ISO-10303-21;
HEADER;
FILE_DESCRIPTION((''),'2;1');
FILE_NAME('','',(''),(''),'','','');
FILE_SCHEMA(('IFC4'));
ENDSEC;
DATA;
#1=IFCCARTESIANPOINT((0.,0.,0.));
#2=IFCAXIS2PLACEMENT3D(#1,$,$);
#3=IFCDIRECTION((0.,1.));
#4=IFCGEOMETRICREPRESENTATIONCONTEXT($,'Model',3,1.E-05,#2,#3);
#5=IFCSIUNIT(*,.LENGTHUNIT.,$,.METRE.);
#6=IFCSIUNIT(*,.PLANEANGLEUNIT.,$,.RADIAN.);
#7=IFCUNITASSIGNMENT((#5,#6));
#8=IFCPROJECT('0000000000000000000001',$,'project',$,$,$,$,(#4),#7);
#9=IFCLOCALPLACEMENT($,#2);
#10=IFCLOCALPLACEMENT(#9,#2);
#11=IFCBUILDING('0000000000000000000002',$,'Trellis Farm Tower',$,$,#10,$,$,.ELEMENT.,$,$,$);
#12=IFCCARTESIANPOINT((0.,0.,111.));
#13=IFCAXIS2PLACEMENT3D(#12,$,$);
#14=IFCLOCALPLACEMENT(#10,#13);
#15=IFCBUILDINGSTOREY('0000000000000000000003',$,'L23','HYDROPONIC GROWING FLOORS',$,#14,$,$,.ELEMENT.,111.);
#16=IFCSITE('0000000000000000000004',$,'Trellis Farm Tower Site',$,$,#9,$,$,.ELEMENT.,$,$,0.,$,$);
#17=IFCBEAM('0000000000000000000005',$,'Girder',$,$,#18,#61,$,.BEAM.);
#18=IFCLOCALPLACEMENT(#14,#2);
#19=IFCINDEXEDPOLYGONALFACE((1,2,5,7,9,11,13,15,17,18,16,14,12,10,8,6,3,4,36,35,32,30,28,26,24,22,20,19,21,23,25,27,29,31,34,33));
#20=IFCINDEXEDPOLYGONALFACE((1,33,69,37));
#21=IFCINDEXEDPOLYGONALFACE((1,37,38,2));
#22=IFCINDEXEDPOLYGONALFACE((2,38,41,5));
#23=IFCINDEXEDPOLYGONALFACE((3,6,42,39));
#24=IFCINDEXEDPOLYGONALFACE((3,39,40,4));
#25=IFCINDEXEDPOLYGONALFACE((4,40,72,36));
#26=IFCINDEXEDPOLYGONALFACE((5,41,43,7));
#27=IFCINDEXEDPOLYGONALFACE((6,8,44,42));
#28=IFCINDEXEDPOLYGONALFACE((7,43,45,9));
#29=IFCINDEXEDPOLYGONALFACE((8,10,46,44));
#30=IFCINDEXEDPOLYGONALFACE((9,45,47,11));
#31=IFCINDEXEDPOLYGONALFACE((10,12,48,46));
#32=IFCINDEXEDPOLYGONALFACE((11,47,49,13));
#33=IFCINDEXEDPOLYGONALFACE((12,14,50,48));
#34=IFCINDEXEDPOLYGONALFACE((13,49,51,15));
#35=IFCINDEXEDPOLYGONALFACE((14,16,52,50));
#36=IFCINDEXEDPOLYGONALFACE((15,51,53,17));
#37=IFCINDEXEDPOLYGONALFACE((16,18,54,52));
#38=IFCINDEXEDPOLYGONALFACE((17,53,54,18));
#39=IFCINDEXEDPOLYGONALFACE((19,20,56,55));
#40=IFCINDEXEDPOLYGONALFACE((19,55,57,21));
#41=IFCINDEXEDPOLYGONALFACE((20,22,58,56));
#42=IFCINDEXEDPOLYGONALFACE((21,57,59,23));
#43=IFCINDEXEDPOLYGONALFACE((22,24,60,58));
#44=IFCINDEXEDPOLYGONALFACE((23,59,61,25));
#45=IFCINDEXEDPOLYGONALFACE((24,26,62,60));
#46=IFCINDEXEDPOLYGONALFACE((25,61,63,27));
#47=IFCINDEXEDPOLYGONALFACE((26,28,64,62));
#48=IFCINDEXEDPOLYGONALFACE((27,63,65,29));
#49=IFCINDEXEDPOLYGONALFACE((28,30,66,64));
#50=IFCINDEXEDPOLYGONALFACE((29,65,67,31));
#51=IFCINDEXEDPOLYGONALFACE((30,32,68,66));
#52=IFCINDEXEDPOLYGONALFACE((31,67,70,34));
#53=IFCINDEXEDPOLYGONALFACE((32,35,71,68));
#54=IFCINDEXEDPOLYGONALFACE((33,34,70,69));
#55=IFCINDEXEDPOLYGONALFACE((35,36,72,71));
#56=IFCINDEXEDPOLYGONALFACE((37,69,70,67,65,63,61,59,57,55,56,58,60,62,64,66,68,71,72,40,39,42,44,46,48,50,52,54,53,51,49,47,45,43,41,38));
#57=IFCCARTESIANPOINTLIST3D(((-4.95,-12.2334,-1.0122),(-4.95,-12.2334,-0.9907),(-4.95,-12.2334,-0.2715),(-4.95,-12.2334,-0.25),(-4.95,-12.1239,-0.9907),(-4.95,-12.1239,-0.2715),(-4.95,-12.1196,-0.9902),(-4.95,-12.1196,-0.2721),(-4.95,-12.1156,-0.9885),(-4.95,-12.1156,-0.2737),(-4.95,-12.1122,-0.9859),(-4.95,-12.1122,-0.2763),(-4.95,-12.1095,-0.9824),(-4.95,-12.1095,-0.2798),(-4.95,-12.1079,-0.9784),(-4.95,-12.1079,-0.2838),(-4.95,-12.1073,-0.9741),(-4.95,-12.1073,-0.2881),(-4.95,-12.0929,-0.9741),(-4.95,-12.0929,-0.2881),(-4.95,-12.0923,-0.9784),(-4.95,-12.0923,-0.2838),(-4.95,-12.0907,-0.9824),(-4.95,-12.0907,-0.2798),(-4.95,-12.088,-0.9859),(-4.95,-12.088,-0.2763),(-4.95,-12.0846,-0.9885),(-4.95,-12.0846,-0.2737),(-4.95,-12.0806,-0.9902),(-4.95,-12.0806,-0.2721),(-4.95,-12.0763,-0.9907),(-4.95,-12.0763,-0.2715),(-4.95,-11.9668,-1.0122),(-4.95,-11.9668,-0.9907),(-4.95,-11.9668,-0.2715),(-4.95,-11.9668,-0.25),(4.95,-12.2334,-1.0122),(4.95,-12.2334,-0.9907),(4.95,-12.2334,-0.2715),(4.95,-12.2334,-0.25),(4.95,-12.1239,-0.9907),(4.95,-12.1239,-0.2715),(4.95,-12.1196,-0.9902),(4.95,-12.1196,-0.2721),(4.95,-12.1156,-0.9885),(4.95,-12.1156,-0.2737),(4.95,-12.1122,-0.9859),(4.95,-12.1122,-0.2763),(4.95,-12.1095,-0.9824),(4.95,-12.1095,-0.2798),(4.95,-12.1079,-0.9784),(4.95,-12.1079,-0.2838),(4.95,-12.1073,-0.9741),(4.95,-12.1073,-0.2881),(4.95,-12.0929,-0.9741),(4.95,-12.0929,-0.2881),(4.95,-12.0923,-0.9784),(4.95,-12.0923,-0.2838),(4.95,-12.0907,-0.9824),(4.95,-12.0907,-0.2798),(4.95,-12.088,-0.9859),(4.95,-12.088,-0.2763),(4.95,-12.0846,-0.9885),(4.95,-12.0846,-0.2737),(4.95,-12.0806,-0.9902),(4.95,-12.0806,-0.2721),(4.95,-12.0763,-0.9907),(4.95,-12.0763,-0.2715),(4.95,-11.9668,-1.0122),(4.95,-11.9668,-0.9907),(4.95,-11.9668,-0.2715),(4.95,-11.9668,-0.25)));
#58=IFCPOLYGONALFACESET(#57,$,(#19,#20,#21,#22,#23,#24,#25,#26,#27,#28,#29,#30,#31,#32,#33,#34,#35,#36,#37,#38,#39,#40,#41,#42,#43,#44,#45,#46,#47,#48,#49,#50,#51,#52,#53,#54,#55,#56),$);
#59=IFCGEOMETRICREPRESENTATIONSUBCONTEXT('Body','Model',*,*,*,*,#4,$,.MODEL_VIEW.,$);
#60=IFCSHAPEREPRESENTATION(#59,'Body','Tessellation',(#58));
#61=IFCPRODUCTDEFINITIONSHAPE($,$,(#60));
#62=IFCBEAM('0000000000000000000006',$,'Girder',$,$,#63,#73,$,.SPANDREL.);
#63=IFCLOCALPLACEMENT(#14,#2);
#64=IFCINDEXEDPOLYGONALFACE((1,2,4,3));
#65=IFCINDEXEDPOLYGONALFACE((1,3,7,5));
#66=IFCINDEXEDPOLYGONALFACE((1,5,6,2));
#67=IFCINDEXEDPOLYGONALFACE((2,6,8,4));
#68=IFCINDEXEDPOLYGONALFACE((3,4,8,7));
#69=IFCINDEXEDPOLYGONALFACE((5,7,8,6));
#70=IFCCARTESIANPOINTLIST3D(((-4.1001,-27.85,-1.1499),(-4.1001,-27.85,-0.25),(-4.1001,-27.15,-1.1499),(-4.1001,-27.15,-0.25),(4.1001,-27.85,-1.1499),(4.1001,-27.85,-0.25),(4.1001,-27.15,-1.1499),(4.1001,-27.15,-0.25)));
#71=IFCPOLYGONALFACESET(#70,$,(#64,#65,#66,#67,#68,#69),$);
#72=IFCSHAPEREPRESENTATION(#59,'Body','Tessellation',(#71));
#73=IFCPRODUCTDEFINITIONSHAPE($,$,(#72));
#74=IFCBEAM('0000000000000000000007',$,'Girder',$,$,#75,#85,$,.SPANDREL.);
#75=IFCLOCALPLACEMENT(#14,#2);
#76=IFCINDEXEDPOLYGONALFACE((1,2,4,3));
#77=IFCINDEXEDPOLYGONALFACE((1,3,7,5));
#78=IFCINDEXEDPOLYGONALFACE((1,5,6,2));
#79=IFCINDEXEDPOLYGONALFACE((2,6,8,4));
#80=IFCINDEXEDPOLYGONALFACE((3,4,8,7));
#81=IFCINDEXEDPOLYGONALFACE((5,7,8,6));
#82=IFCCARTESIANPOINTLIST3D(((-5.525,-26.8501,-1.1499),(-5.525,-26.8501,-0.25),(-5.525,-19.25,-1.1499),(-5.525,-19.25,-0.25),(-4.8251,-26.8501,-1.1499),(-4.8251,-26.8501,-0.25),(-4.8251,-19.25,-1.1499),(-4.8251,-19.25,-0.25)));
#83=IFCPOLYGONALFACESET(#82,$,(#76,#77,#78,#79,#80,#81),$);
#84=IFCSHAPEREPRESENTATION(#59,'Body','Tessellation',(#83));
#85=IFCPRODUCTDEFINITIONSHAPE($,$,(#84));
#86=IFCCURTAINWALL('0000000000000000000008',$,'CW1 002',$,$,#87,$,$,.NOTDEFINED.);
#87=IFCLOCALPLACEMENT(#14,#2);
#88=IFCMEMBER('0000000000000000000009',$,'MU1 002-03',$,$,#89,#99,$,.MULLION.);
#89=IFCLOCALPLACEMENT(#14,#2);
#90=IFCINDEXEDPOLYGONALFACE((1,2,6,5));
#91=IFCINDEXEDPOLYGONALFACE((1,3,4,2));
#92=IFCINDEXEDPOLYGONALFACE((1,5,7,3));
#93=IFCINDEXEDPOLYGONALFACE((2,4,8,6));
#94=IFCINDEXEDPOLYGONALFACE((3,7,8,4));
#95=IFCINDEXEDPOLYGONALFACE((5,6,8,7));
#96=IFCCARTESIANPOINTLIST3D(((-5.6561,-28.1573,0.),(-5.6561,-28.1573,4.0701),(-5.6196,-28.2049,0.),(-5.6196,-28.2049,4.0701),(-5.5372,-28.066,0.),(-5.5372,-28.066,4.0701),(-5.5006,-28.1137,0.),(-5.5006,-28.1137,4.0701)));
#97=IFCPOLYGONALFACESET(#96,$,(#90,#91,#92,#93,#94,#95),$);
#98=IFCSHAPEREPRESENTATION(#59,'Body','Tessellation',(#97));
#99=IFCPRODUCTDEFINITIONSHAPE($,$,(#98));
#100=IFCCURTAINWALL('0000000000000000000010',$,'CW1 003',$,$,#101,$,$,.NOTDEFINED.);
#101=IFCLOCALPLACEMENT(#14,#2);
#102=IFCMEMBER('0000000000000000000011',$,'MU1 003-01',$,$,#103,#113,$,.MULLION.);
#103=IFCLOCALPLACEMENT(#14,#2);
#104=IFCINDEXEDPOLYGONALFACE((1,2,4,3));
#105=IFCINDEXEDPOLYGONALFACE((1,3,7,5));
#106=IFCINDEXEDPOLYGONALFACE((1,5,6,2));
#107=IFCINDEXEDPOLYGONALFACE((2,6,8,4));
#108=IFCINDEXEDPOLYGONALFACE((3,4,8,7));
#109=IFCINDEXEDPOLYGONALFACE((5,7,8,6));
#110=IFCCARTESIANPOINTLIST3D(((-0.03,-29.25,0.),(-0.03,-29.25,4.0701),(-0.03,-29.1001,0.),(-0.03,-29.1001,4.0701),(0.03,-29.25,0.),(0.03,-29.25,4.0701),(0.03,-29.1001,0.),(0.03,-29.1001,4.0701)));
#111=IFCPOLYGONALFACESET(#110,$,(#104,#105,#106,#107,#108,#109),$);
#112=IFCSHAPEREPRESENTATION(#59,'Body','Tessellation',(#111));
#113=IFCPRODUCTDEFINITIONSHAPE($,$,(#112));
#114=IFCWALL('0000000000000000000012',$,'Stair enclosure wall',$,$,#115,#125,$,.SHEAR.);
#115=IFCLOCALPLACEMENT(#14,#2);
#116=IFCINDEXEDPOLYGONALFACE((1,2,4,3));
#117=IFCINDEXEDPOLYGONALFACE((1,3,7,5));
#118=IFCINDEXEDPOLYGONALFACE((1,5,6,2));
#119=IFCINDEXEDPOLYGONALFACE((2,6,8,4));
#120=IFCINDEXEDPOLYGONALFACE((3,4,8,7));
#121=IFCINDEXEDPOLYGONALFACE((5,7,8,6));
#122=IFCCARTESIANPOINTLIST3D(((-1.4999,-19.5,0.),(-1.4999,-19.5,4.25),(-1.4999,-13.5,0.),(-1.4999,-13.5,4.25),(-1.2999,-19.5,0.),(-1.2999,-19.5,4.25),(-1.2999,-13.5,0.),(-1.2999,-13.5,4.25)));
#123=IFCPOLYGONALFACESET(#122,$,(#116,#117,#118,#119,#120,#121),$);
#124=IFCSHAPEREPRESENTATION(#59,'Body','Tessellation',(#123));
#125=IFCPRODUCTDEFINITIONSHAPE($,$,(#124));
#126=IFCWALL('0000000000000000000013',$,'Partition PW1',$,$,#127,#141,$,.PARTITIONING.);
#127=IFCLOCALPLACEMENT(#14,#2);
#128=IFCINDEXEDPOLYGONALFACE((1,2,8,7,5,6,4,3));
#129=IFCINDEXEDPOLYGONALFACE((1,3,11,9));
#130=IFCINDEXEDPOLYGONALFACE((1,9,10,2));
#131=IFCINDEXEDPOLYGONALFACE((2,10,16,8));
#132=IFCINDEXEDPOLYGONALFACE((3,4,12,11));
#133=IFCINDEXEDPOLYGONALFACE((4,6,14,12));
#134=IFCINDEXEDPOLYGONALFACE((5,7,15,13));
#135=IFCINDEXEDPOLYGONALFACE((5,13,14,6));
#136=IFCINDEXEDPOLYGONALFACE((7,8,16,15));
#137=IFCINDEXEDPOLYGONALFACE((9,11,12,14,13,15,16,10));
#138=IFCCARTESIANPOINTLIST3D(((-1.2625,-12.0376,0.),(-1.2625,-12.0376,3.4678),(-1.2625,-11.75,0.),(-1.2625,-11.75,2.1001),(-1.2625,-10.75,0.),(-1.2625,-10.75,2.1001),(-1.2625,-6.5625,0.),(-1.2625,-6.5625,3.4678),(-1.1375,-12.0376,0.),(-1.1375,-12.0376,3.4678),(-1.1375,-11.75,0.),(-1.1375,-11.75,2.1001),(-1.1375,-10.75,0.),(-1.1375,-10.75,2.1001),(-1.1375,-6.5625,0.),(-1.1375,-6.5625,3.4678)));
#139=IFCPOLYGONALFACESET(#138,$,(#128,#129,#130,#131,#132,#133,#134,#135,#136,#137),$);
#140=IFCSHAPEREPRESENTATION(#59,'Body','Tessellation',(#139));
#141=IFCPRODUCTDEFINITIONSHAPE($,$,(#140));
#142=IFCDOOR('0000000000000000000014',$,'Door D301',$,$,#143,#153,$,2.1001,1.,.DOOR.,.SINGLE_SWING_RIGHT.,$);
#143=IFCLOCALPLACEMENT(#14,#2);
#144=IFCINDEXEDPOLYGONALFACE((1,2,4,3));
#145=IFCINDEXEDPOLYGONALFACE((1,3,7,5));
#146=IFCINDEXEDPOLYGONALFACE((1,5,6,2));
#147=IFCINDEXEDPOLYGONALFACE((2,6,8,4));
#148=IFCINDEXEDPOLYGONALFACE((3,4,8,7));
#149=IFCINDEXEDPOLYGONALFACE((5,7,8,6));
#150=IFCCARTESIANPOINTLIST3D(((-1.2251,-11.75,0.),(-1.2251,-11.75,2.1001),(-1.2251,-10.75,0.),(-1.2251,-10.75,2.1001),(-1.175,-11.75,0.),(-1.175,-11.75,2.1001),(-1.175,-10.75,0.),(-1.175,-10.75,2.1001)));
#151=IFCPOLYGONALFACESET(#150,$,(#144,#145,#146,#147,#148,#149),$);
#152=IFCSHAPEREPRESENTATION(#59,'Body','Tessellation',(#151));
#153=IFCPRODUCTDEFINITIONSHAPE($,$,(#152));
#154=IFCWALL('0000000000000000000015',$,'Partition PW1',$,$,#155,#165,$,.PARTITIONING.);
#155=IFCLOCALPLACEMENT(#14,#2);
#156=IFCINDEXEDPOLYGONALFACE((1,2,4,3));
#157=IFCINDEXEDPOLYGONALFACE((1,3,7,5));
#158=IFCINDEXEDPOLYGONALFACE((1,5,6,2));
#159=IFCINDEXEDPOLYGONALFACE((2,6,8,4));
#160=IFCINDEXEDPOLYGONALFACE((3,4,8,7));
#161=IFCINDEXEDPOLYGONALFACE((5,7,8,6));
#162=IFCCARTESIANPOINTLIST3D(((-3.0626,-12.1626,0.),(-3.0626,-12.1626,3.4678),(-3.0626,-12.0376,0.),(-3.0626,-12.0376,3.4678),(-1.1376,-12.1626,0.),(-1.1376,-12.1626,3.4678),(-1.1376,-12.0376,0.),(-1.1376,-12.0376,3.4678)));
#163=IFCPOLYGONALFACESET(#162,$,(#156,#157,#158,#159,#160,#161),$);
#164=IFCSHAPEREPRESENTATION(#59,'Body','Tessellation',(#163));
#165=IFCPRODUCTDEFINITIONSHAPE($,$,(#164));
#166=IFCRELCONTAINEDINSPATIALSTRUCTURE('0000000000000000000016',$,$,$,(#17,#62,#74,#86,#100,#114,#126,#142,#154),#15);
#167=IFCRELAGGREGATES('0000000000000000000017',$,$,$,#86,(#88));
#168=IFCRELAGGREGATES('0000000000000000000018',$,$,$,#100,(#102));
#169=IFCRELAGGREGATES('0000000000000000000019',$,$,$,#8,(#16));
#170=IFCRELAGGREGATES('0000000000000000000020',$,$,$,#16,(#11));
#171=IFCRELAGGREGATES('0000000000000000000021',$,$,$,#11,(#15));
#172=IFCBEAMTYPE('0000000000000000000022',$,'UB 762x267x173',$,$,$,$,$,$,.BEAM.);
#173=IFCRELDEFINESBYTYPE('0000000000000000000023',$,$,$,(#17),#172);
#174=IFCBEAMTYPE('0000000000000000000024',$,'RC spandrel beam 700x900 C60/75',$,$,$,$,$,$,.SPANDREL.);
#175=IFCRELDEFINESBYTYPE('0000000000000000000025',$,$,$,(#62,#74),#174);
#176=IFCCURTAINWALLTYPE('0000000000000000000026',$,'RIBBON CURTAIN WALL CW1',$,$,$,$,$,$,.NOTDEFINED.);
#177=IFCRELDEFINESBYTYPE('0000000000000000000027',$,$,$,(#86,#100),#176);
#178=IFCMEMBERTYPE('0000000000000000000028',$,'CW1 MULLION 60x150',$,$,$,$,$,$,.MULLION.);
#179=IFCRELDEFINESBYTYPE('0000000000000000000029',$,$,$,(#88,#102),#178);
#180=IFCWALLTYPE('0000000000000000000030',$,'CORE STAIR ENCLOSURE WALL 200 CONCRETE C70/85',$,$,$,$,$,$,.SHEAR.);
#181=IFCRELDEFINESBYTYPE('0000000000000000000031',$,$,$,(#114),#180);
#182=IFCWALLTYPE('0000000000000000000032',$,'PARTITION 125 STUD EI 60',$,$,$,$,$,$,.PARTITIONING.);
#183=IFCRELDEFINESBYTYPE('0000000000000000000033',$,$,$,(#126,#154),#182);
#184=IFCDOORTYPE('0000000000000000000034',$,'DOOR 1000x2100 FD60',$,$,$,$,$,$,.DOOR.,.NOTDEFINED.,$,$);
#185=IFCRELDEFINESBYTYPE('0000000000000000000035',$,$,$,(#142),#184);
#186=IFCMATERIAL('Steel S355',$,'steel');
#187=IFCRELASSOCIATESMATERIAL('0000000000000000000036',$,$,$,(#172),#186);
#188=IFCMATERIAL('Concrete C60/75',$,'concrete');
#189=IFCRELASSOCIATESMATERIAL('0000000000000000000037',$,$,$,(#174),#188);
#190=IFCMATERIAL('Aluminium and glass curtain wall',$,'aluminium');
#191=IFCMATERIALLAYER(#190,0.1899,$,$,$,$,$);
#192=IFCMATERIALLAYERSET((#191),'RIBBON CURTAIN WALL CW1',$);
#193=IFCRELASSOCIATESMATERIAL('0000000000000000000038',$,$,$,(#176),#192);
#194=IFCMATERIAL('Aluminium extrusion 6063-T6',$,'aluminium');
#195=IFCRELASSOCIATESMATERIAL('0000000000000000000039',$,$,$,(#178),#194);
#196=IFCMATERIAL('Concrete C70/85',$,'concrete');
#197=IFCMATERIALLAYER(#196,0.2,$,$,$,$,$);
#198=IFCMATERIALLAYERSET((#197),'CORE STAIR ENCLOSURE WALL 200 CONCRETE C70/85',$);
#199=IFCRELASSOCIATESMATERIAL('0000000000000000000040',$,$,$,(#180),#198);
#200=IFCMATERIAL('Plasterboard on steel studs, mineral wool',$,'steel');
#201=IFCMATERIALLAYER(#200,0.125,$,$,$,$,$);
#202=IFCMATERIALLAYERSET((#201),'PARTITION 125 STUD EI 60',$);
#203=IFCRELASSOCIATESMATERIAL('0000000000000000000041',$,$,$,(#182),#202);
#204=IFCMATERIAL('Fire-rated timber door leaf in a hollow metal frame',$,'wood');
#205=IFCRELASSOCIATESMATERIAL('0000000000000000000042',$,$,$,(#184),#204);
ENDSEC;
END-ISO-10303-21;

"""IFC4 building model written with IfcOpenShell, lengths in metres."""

from ifc_helpers import new_model, si_unit, direction, frame, frame_2d, origin, origin_2d, place, context, subcontext, project, spatial, rectangle, i_section, extrude, source, transform, mapped, material, layer, layer_set, material_profile, profile_set, type_object, element, fill, aggregate, save


model = new_model("IFC4")

# Units and contexts
model_context = context("Model", 3, precision=1e-05, world=origin(), true_north=direction((0.0, 1.0)))
body_context = subcontext(model_context, "Body", "Model", "MODEL_VIEW")
ifc_project = project(units=[si_unit("LENGTHUNIT", "METRE"), si_unit("PLANEANGLEUNIT", "RADIAN")], contexts=[model_context])

# Site, building, storey
site_placement = place(None, origin())
site = spatial("IfcSite", under=ifc_project, at=site_placement, Name="Trellis Farm Tower Site", CompositionType="ELEMENT", RefElevation=0.0)
building_placement = place(site_placement, origin())
building = spatial("IfcBuilding", under=site, at=building_placement, Name="Trellis Farm Tower", CompositionType="ELEMENT")
storey_placement = place(building_placement, frame((0.0, 0.0, 111.0)))
storey = spatial("IfcBuildingStorey", under=building, at=storey_placement, Name="L23", Description="HYDROPONIC GROWING FLOORS", CompositionType="ELEMENT", Elevation=111.0)

# Beams
ifc_material_1 = material(Name="Steel S355", Category="steel")
ifc_material_profile_1 = material_profile(ifc_material_1, i_section(OverallWidth=0.2666, OverallDepth=0.7622, WebThickness=0.0144, FlangeThickness=0.0215, FilletRadius=0.0166, at=origin_2d()), Name="UB 762x267x173")
ifc_profile_set_1 = profile_set([ifc_material_profile_1], Name="Steel S355")
beam_type_1 = type_object("IfcBeamType", Name="UB 762x267x173", PredefinedType="BEAM", material=ifc_profile_set_1)
shared_shape_1 = source(origin(), body_context, "Body", "SweptSolid", [
    extrude(i_section(OverallWidth=0.2666, OverallDepth=0.7622, WebThickness=0.0144, FlangeThickness=0.0215, FilletRadius=0.0166, at=origin_2d()), origin(), (0.0, 0.0, 1.0), 9.8999),
])
beam_1_placement = place(storey_placement, frame((-4.95, -12.1001, -0.6311), z_axis=(1.0, 0.0, 0.0), x_axis=(0.0, 1.0, 0.0)))
element("IfcBeam", 1, at=beam_1_placement, inside=storey, type_object=beam_type_1, Name="Girder", PredefinedType="BEAM", context=body_context, shape_type="MappedRepresentation", body=[
    mapped(shared_shape_1, transform((0.0, 0.0, 0.0))),
])
ifc_material_2 = material(Name="Concrete C60/75", Category="concrete")
ifc_material_profile_2 = material_profile(ifc_material_2, rectangle(XDim=0.7, YDim=0.8999, at=origin_2d()), Name="RC spandrel beam 700x900 C60/75")
ifc_profile_set_2 = profile_set([ifc_material_profile_2], Name="Concrete C60/75")
beam_type_2 = type_object("IfcBeamType", Name="RC spandrel beam 700x900 C60/75", PredefinedType="SPANDREL", material=ifc_profile_set_2)
shared_shape_2 = source(origin(), body_context, "Body", "SweptSolid", [
    extrude(rectangle(XDim=0.7, YDim=0.8999, at=origin_2d()), origin(), (0.0, 0.0, 1.0), 8.2002),
])
beam_2_placement = place(storey_placement, frame((-4.1001, -27.5, -0.7), z_axis=(1.0, 0.0, 0.0), x_axis=(0.0, 1.0, 0.0)))
element("IfcBeam", 2, at=beam_2_placement, inside=storey, type_object=beam_type_2, Name="Girder", PredefinedType="SPANDREL", context=body_context, shape_type="MappedRepresentation", body=[
    mapped(shared_shape_2, transform((0.0, 0.0, 0.0))),
])
shared_shape_3 = source(origin(), body_context, "Body", "SweptSolid", [
    extrude(rectangle(XDim=0.7, YDim=0.8999, at=origin_2d()), origin(), (0.0, 0.0, 1.0), 7.6001),
])
beam_3_placement = place(storey_placement, frame((-5.175, -26.8501, -0.7), z_axis=(0.0, 1.0, 0.0), x_axis=(-1.0, 0.0, 0.0)))
element("IfcBeam", 3, at=beam_3_placement, inside=storey, type_object=beam_type_2, Name="Girder", PredefinedType="SPANDREL", context=body_context, shape_type="MappedRepresentation", body=[
    mapped(shared_shape_3, transform((0.0, 0.0, 0.0))),
])

# Curtain walls, members
ifc_material_3 = material(Name="Aluminium and glass curtain wall", Category="aluminium")
ifc_layer_1 = layer(ifc_material_3, 0.1899)
ifc_layer_set_1 = layer_set([ifc_layer_1], Name="RIBBON CURTAIN WALL CW1")
curtain_wall_type = type_object("IfcCurtainWallType", Name="RIBBON CURTAIN WALL CW1", PredefinedType="NOTDEFINED", material=ifc_layer_set_1)
placement = place(storey_placement, origin())
curtain_wall_1 = element("IfcCurtainWall", 4, at=placement, inside=storey, type_object=curtain_wall_type, Name="CW1 002", PredefinedType="NOTDEFINED")
ifc_material_4 = material(Name="Aluminium extrusion 6063-T6", Category="aluminium")
ifc_material_profile_3 = material_profile(ifc_material_4, rectangle(XDim=0.0601, YDim=0.1499, at=origin_2d()), Name="MULLION 60x150")
ifc_profile_set_3 = profile_set([ifc_material_profile_3], Name="Aluminium extrusion 6063-T6")
member_type = type_object("IfcMemberType", Name="CW1 MULLION 60x150", PredefinedType="MULLION", material=ifc_profile_set_3)
shared_shape_4 = source(origin(), body_context, "Body", "SweptSolid", [
    extrude(rectangle(XDim=0.0601, YDim=0.1499, at=origin_2d()), origin(), (0.0, 0.0, 1.0), 4.0701),
])
member_1_placement = place(storey_placement, frame((-5.5784, -28.1355, 0.0), z_axis=(0.0, 0.0, 1.0), x_axis=(0.608761, -0.793353, 0.0)))
member_1 = element("IfcMember", 5, at=member_1_placement, type_object=member_type, Name="MU1 002-03", PredefinedType="MULLION", context=body_context, shape_type="MappedRepresentation", body=[
    mapped(shared_shape_4, transform((0.0, 0.0, 0.0))),
])
aggregate(curtain_wall_1, [member_1])
curtain_wall_2 = element("IfcCurtainWall", 6, at=placement, inside=storey, type_object=curtain_wall_type, Name="CW1 003", PredefinedType="NOTDEFINED")
member_2_placement = place(storey_placement, frame((0.0, -29.175, 0.0), z_axis=(0.0, 0.0, 1.0), x_axis=(1.0, 0.0, 0.0)))
member_2 = element("IfcMember", 7, at=member_2_placement, type_object=member_type, Name="MU1 003-01", PredefinedType="MULLION", context=body_context, shape_type="MappedRepresentation", body=[
    mapped(shared_shape_4, transform((0.0, 0.0, 0.0))),
])
aggregate(curtain_wall_2, [member_2])

# Wall
ifc_material_5 = material(Name="Concrete C70/85", Category="concrete")
ifc_layer_2 = layer(ifc_material_5, 0.2)
ifc_layer_set_2 = layer_set([ifc_layer_2], Name="CORE STAIR ENCLOSURE WALL 200 CONCRETE C70/85")
wall_type_1 = type_object("IfcWallType", Name="CORE STAIR ENCLOSURE WALL 200 CONCRETE C70/85", PredefinedType="SHEAR", material=ifc_layer_set_2)
shared_shape_5 = source(origin(), body_context, "Body", "SweptSolid", [
    extrude(rectangle(XDim=6.0, YDim=0.2, at=frame_2d((3.0, 0.0))), origin(), (0.0, 0.0, 1.0), 4.25),
])
wall_1_placement = place(storey_placement, frame((-1.3999, -13.5, 0.0), z_axis=(0.0, 0.0, 1.0), x_axis=(0.0, -1.0, 0.0)))
element("IfcWall", 8, at=wall_1_placement, inside=storey, type_object=wall_type_1, Name="Stair enclosure wall", PredefinedType="SHEAR", context=body_context, shape_type="MappedRepresentation", body=[
    mapped(shared_shape_5, transform((0.0, 0.0, 0.0))),
])

# Wall, opening, door
ifc_material_6 = material(Name="Plasterboard on steel studs, mineral wool", Category="steel")
ifc_layer_3 = layer(ifc_material_6, 0.125)
ifc_layer_set_3 = layer_set([ifc_layer_3], Name="PARTITION 125 STUD EI 60")
wall_type_2 = type_object("IfcWallType", Name="PARTITION 125 STUD EI 60", PredefinedType="PARTITIONING", material=ifc_layer_set_3)
shared_shape_6 = source(origin(), body_context, "Body", "SweptSolid", [
    extrude(rectangle(XDim=5.4751, YDim=0.125, at=frame_2d((2.7375, 0.0))), origin(), (0.0, 0.0, 1.0), 3.4678),
])
wall_2_placement = place(storey_placement, frame((-1.2, -6.5625, 0.0), z_axis=(0.0, 0.0, 1.0), x_axis=(0.0, -1.0, 0.0)))
wall_2 = element("IfcWall", 9, at=wall_2_placement, inside=storey, type_object=wall_type_2, Name="Partition PW1", PredefinedType="PARTITIONING", context=body_context, shape_type="MappedRepresentation", body=[
    mapped(shared_shape_6, transform((0.0, 0.0, 0.0))),
])
shared_shape_7 = source(origin(), body_context, "Body", "SweptSolid", [
    extrude(rectangle(XDim=1.0, YDim=2.1001, at=frame_2d((0.5, 1.05))), frame((0.0, 0.0725, 0.0), z_axis=(0.0, -1.0, 0.0), x_axis=(1.0, 0.0, 0.0)), (0.0, 0.0, 1.0), 0.145),
])
opening_1_placement = place(wall_2_placement, frame((4.1875, 0.0, 0.0)))
opening_1 = element("IfcOpeningElement", 10, at=opening_1_placement, cuts=wall_2, PredefinedType="OPENING", context=body_context, shape_type="MappedRepresentation", body=[
    mapped(shared_shape_7, transform((0.0, 0.0, 0.0))),
])
ifc_material_7 = material(Name="Fire-rated timber door leaf in a hollow metal frame", Category="wood")
door_type_1 = type_object("IfcDoorType", Name="DOOR 1000x2100 FD60", OperationType="NOTDEFINED", PredefinedType="DOOR", material=ifc_material_7)
shared_shape_8 = source(origin(), body_context, "Body", "SweptSolid", [
    extrude(rectangle(XDim=1.0, YDim=2.1001, at=frame_2d((0.5, 1.05))), frame((0.0, 0.0249, 0.0), z_axis=(0.0, -1.0, 0.0), x_axis=(1.0, 0.0, 0.0)), (0.0, 0.0, 1.0), 0.05),
])
door_1_placement = place(opening_1_placement, origin())
door_1 = element("IfcDoor", 11, at=door_1_placement, inside=storey, type_object=door_type_1, Name="Door D301", OperationType="SINGLE_SWING_RIGHT", OverallHeight=2.1001, OverallWidth=1.0, PredefinedType="DOOR", context=body_context, shape_type="MappedRepresentation", body=[
    mapped(shared_shape_8, transform((0.0, 0.0, 0.0))),
])
fill(opening_1, door_1)

# Wall
shared_shape_9 = source(origin(), body_context, "Body", "SweptSolid", [
    extrude(rectangle(XDim=1.925, YDim=0.125, at=frame_2d((0.9624, 0.0))), origin(), (0.0, 0.0, 1.0), 3.4678),
])
wall_3_placement = place(storey_placement, frame((-3.0625, -12.1001, 0.0), z_axis=(0.0, 0.0, 1.0), x_axis=(1.0, 0.0, 0.0)))
element("IfcWall", 12, at=wall_3_placement, inside=storey, type_object=wall_type_2, Name="Partition PW1", PredefinedType="PARTITIONING", context=body_context, shape_type="MappedRepresentation", body=[
    mapped(shared_shape_9, transform((0.0, 0.0, 0.0))),
])

save(model, "model.ifc")
